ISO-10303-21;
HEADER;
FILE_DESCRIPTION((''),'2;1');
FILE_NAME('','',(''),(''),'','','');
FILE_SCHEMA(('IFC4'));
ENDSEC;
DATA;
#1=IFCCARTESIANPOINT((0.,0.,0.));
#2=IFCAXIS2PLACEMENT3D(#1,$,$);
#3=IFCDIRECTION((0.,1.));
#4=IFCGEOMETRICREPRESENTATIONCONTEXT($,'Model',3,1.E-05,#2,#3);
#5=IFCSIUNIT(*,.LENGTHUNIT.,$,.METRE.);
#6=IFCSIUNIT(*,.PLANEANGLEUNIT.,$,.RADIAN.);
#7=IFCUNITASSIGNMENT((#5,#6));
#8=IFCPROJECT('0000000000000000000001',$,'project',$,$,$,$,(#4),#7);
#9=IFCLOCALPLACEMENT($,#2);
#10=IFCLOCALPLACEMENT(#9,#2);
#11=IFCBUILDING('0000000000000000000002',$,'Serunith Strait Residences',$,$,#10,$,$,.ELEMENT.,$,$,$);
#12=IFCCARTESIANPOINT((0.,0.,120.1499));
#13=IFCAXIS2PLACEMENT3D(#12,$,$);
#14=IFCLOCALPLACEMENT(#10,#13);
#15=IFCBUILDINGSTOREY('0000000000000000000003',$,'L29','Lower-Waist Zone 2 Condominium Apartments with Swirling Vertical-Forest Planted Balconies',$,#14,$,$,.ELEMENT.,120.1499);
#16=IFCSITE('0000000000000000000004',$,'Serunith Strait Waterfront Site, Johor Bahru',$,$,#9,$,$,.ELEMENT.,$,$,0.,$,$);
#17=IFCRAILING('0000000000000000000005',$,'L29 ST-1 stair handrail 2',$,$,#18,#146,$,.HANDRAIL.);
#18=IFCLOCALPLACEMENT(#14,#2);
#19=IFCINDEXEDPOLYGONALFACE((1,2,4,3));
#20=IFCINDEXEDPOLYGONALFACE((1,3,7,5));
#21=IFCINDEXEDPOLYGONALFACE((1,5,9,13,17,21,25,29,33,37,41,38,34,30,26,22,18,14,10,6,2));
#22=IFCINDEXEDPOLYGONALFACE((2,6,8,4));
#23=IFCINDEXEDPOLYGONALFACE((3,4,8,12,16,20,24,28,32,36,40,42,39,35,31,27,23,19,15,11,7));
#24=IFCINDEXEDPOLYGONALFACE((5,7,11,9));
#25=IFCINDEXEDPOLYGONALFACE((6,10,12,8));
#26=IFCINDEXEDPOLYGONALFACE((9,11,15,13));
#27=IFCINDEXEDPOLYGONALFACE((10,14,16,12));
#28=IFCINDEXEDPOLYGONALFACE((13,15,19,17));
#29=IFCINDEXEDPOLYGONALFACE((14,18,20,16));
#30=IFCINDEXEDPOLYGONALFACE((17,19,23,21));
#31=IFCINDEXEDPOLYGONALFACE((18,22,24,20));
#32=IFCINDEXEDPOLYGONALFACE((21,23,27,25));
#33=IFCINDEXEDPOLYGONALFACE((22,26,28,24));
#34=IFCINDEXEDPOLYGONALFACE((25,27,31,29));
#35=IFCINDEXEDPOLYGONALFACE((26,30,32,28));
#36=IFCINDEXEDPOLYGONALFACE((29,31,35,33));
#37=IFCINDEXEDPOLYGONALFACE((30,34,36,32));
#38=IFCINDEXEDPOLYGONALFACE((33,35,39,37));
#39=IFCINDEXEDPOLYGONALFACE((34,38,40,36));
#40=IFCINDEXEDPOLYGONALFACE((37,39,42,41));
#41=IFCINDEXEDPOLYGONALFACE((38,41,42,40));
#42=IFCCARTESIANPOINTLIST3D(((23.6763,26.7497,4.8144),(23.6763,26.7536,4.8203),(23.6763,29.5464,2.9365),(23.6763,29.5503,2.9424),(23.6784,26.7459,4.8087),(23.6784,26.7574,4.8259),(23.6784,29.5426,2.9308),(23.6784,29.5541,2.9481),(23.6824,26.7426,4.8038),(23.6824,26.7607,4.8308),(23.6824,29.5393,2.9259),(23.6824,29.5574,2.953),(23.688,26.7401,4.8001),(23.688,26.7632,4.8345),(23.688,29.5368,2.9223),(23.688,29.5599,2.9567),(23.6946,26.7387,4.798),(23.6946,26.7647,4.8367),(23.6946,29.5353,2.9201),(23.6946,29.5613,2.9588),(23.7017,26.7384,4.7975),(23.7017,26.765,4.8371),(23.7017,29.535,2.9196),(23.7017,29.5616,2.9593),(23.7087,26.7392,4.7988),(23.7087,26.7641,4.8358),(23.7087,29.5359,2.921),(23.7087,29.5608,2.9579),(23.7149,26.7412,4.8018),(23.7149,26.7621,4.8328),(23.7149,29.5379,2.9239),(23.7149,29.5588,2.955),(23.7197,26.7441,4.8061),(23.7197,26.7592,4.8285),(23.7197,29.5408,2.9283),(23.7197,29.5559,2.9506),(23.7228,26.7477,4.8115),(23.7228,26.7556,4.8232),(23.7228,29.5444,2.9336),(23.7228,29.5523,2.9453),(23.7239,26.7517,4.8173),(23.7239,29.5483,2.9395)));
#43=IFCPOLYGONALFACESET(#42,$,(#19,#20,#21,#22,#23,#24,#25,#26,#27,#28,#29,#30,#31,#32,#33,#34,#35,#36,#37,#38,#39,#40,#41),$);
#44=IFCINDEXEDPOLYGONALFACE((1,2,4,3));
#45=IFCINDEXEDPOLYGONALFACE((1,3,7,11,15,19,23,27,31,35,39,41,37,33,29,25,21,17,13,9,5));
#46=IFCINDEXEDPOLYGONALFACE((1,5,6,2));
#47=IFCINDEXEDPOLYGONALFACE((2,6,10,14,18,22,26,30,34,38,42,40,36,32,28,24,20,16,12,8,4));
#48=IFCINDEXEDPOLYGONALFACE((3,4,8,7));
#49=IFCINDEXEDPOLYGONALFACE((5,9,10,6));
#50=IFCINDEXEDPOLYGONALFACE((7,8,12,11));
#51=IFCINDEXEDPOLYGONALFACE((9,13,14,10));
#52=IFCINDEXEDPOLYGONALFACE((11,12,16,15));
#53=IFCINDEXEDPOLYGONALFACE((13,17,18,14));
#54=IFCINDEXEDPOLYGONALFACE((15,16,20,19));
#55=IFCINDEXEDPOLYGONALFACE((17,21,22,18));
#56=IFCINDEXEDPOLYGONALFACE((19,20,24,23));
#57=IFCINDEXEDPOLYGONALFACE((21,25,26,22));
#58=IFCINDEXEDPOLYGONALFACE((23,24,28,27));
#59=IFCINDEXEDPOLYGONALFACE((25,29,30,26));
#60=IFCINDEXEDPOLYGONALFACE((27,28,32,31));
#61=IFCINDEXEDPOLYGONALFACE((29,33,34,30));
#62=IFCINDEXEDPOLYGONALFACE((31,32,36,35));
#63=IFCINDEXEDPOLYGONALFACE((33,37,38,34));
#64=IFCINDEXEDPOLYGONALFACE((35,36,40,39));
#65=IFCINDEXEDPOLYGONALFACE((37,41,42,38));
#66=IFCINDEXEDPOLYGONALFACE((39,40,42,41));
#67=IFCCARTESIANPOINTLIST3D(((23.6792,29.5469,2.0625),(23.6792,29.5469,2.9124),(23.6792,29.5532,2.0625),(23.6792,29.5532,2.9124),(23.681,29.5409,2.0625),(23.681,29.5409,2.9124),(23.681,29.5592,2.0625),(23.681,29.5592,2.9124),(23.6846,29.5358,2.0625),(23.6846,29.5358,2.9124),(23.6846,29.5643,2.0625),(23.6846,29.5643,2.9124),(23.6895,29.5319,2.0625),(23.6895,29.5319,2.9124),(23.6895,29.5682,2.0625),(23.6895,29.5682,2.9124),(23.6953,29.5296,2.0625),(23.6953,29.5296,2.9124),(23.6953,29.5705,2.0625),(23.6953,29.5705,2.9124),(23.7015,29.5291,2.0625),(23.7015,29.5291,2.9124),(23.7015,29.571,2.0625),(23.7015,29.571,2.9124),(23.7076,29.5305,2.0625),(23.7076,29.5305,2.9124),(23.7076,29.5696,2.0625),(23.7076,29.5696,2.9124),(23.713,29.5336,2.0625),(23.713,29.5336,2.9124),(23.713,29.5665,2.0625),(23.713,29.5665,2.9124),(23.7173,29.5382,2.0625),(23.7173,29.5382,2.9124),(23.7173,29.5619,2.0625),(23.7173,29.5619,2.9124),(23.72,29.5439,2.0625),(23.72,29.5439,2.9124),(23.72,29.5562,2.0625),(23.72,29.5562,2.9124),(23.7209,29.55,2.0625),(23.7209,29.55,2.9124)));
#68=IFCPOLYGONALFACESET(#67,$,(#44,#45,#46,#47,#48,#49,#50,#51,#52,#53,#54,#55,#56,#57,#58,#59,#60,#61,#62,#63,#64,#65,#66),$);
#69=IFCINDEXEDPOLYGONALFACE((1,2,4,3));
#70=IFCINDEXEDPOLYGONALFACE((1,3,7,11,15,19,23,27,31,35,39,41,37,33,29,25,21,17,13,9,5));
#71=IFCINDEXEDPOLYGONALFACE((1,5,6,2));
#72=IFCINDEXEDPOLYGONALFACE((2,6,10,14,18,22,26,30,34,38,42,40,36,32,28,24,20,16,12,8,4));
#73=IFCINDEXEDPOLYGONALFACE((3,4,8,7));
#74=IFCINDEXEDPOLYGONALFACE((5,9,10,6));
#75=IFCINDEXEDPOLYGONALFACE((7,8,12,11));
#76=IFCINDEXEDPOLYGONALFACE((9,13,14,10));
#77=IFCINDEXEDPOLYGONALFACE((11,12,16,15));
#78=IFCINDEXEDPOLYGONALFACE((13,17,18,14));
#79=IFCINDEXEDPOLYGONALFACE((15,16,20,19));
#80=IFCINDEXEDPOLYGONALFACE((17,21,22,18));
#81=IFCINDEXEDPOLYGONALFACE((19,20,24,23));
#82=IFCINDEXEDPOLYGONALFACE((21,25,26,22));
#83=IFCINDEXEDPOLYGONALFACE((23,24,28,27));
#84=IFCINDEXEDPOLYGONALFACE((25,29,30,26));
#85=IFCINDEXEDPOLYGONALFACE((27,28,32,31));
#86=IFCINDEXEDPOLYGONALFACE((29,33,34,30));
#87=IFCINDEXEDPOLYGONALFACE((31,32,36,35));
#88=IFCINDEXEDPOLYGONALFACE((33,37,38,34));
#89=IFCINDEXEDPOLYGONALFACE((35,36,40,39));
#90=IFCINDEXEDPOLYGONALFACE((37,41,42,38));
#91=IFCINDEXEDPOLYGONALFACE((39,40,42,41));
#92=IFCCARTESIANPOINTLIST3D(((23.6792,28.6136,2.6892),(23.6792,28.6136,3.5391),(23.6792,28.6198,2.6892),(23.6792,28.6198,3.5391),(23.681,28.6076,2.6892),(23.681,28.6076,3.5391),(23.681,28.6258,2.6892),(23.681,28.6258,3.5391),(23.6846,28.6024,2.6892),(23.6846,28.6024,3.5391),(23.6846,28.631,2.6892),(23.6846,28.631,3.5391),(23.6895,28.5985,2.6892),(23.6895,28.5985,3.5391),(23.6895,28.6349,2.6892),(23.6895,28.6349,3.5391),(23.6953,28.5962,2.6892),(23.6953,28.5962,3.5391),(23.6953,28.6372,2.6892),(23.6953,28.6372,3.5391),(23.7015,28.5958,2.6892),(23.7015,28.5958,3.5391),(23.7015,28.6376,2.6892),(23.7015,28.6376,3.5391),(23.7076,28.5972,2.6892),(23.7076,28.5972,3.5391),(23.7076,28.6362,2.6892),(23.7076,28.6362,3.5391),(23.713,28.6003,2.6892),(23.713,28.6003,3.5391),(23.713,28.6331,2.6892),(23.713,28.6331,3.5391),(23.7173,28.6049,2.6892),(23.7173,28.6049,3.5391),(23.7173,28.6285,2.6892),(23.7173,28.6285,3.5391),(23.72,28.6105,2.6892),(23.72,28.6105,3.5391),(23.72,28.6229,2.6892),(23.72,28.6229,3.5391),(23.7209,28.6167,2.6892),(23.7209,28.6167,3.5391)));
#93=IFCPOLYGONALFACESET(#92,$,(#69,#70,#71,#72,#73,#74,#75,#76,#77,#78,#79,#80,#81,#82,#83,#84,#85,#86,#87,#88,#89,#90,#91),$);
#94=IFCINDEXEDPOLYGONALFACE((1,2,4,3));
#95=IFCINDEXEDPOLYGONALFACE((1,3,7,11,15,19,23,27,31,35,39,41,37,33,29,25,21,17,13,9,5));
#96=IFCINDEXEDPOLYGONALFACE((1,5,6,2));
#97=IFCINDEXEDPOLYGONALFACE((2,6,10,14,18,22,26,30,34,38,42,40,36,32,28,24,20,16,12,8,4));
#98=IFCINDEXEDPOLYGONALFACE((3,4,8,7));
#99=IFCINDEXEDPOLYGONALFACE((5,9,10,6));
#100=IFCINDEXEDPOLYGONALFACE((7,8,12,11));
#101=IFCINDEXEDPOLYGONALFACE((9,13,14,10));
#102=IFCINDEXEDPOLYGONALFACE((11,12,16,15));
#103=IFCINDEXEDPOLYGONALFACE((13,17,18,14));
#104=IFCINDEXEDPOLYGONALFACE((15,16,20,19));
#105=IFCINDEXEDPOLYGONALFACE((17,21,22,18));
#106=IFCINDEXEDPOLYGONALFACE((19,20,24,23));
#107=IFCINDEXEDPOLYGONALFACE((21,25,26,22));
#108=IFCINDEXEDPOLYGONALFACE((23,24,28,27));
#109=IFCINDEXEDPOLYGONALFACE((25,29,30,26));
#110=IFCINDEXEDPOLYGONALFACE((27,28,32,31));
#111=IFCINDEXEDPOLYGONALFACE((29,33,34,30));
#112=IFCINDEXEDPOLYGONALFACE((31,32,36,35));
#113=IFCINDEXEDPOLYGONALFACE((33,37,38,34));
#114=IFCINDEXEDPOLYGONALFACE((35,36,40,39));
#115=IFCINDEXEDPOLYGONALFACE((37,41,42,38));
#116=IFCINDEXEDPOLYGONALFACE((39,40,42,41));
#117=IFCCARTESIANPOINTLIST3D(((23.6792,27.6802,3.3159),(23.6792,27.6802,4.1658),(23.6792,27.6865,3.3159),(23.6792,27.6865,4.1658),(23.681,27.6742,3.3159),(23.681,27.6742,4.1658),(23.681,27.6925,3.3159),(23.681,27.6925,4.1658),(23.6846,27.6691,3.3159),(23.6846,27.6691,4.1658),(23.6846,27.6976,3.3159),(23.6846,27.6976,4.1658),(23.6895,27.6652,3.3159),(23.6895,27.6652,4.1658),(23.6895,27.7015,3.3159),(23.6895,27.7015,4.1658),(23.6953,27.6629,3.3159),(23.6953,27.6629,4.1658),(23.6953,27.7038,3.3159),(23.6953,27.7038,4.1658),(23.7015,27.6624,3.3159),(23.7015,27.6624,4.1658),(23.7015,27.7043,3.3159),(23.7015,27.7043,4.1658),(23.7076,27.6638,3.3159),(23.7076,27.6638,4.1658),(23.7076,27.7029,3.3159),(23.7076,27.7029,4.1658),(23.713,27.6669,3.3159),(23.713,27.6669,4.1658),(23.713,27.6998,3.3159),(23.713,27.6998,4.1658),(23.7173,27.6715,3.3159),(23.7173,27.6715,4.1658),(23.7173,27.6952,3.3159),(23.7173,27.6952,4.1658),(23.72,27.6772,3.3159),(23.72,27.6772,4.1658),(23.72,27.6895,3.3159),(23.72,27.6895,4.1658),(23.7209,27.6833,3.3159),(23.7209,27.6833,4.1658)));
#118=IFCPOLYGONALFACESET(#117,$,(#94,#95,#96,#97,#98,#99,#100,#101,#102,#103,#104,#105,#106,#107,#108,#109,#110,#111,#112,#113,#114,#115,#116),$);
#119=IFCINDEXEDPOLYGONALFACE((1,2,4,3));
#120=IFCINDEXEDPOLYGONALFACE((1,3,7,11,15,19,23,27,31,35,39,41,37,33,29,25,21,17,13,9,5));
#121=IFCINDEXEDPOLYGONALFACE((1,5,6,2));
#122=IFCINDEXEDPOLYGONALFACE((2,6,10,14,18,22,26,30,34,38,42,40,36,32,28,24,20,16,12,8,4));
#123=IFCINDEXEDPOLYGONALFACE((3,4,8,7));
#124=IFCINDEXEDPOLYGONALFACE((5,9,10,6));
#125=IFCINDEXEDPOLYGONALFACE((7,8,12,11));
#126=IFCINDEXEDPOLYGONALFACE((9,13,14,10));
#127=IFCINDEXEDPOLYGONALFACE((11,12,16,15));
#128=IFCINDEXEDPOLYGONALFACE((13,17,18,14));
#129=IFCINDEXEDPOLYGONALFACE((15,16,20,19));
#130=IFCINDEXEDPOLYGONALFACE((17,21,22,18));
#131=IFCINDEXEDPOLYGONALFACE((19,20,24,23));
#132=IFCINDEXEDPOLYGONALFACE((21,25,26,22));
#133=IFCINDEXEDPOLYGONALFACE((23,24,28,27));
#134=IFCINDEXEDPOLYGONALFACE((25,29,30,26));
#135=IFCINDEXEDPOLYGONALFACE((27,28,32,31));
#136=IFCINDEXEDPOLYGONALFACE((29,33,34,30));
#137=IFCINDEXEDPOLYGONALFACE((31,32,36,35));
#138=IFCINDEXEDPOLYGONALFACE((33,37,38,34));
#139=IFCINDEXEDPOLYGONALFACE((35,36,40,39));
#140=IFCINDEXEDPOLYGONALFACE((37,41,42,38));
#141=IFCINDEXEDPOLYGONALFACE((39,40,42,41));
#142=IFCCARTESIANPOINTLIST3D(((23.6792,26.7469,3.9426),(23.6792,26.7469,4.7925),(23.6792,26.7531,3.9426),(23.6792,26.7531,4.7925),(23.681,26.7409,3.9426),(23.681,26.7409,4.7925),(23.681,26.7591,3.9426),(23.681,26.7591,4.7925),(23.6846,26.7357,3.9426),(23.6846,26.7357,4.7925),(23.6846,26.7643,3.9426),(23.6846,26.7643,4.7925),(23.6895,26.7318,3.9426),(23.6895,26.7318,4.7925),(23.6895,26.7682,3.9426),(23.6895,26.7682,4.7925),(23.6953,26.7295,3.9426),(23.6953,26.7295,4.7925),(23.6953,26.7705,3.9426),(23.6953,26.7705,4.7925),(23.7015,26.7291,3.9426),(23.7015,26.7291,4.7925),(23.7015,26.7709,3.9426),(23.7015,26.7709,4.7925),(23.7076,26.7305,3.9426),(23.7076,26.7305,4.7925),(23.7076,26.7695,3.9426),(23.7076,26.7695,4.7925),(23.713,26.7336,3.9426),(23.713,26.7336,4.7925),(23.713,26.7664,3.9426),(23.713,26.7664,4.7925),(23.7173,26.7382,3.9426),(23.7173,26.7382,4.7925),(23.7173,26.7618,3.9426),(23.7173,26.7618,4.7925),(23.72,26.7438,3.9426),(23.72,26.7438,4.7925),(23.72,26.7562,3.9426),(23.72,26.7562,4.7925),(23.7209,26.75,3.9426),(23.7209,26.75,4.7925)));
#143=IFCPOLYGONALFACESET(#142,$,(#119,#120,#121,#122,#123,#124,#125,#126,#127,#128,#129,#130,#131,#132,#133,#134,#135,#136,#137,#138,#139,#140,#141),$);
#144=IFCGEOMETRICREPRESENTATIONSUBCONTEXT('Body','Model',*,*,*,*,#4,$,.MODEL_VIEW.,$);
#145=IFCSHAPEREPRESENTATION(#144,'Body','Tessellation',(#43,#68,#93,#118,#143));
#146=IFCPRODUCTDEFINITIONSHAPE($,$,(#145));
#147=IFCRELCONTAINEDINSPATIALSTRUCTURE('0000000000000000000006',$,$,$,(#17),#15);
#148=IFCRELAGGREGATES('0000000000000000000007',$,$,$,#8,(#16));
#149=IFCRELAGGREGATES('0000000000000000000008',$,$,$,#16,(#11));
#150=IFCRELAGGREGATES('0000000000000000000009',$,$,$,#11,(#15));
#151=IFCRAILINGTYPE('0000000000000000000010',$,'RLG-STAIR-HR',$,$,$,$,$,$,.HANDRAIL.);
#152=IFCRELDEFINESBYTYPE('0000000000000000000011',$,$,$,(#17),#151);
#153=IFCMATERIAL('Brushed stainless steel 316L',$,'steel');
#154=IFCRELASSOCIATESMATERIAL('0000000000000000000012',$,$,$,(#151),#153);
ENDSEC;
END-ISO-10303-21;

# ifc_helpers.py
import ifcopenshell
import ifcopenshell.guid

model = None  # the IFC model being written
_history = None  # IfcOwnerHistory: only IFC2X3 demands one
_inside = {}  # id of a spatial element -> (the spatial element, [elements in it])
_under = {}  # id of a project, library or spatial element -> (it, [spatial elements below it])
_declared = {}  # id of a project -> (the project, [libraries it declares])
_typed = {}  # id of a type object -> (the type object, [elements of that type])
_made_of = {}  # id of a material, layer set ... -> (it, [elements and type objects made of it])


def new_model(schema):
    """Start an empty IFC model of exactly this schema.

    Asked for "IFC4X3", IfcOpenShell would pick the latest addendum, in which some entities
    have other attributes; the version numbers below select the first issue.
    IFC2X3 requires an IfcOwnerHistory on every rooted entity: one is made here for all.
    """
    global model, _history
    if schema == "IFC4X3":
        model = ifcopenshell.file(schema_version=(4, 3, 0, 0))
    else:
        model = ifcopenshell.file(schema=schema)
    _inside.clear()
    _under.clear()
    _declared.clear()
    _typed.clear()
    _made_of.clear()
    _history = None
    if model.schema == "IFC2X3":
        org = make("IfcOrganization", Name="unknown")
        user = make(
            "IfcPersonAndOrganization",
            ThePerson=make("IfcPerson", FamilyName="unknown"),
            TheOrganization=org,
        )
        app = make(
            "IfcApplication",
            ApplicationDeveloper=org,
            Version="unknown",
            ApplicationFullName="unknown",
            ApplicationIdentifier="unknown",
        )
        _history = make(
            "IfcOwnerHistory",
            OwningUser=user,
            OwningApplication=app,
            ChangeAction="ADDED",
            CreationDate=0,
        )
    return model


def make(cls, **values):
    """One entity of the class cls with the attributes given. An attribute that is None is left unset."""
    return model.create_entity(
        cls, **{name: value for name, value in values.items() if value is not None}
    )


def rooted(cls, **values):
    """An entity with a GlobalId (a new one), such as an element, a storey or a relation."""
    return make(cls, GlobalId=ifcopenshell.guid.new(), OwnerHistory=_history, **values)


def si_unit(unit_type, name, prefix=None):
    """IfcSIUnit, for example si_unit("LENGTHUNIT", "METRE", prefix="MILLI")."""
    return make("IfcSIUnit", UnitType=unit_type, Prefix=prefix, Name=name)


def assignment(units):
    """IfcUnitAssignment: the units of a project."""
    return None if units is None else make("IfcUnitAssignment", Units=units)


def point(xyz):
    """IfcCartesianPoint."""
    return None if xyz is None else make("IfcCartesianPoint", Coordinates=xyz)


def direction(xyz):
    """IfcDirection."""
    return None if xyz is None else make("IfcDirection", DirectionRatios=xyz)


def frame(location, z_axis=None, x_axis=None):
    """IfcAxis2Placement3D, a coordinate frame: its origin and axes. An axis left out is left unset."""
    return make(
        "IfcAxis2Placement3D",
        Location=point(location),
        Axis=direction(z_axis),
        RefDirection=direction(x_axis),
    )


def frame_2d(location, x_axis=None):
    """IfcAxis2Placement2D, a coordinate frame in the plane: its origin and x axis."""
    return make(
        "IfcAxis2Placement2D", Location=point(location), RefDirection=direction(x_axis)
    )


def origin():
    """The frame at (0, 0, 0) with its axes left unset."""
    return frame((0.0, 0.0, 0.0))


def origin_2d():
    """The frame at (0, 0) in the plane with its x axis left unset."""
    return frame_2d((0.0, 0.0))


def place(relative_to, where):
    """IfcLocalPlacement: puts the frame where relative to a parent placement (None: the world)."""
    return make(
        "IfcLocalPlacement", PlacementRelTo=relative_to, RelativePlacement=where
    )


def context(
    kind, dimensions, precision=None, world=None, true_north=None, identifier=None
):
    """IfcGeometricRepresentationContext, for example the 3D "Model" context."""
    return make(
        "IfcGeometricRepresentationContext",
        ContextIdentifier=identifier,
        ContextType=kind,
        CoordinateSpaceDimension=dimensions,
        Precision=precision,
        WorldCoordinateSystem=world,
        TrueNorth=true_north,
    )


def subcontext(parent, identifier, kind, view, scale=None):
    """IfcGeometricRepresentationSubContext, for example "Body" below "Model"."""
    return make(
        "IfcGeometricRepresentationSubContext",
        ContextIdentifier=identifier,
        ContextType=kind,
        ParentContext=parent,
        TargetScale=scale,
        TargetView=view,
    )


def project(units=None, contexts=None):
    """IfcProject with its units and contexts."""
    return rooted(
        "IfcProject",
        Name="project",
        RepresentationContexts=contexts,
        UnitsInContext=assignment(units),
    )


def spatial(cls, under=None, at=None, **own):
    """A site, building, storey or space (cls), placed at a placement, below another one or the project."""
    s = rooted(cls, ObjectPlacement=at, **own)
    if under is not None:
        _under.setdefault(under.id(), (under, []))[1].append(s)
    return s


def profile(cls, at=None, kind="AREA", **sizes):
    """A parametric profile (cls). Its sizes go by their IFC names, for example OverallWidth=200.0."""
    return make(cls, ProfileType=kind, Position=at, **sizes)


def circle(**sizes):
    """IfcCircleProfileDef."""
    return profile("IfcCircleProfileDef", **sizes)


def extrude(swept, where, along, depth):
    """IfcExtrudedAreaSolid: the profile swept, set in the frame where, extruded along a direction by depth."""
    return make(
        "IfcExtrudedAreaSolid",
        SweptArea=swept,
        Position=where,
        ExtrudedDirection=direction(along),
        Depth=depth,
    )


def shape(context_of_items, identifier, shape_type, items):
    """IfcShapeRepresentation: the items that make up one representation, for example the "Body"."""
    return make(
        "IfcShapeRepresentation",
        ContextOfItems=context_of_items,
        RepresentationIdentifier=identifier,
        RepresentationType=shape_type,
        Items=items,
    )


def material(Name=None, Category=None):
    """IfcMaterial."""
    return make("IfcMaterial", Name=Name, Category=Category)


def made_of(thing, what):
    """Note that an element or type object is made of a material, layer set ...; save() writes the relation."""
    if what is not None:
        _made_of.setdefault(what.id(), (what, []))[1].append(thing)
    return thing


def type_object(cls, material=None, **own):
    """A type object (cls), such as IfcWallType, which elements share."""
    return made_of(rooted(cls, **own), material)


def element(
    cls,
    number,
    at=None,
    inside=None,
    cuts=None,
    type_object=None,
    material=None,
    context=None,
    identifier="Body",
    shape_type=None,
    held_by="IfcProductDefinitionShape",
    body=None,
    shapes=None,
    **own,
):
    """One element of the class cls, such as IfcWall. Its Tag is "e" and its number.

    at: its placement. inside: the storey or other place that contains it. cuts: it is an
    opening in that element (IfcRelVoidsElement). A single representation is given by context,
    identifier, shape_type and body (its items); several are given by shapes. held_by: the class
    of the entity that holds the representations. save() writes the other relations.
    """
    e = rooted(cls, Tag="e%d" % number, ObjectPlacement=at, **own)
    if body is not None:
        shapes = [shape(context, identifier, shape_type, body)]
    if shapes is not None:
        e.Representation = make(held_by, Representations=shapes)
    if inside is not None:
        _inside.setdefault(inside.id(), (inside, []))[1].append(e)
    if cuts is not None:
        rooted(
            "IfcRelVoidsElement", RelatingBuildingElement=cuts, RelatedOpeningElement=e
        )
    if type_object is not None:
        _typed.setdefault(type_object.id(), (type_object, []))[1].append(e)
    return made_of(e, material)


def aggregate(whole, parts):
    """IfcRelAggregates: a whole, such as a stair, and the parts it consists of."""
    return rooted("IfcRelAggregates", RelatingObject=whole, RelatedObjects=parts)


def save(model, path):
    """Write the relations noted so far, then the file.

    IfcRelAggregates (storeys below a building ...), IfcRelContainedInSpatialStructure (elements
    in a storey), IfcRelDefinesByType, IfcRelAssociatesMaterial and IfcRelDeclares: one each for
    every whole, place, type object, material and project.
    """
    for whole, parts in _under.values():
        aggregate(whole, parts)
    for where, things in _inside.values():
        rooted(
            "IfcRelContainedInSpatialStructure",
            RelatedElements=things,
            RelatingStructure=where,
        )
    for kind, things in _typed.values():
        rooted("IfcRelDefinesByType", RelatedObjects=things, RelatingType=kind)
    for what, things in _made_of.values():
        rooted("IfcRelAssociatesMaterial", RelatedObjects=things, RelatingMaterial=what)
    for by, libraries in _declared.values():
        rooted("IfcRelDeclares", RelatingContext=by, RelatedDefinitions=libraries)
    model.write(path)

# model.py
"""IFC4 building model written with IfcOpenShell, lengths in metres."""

from ifc_helpers import new_model, si_unit, direction, frame, origin, origin_2d, place, context, subcontext, project, spatial, circle, extrude, material, type_object, element, save


model = new_model("IFC4")

# Units and contexts
model_context = context("Model", 3, precision=1e-05, world=origin(), true_north=direction((0.0, 1.0)))
body_context = subcontext(model_context, "Body", "Model", "MODEL_VIEW")
ifc_project = project(units=[si_unit("LENGTHUNIT", "METRE"), si_unit("PLANEANGLEUNIT", "RADIAN")], contexts=[model_context])

# Site, building, storey
site_placement = place(None, origin())
site = spatial("IfcSite", under=ifc_project, at=site_placement, Name="Serunith Strait Waterfront Site, Johor Bahru", CompositionType="ELEMENT", RefElevation=0.0)
building_placement = place(site_placement, origin())
building = spatial("IfcBuilding", under=site, at=building_placement, Name="Serunith Strait Residences", CompositionType="ELEMENT")
storey_placement = place(building_placement, frame((0.0, 0.0, 120.1499)))
storey = spatial("IfcBuildingStorey", under=building, at=storey_placement, Name="L29", Description="Lower-Waist Zone 2 Condominium Apartments with Swirling Vertical-Forest Planted Balconies", CompositionType="ELEMENT", Elevation=120.1499)

# Railing
ifc_material_1 = material(Name="Brushed stainless steel 316L", Category="steel")
railing_type_1 = type_object("IfcRailingType", Name="RLG-STAIR-HR", PredefinedType="HANDRAIL", material=ifc_material_1)
railing_1_placement = place(storey_placement, frame((23.7, 29.55, 2.0625)))
element("IfcRailing", 1, at=railing_1_placement, inside=storey, type_object=railing_type_1, Name="L29 ST-1 stair handrail 2", PredefinedType="HANDRAIL", context=body_context, shape_type="SweptSolid", body=[
    extrude(circle(Radius=0.0239, at=origin_2d()), frame((0.0, -0.0017, 0.877), z_axis=(0.0, -0.830208, 0.557453), x_axis=(1.0, 0.0, 0.0)), (0.0, 0.0, 1.0), 3.3687),
    extrude(circle(Radius=0.021, at=origin_2d()), origin(), (0.0, 0.0, 1.0), 0.8499),
    extrude(circle(Radius=0.021, at=origin_2d()), frame((0.0, -0.9333, 0.6267)), (0.0, 0.0, 1.0), 0.8499),
    extrude(circle(Radius=0.021, at=origin_2d()), frame((0.0, -1.8667, 1.2534)), (0.0, 0.0, 1.0), 0.8499),
    extrude(circle(Radius=0.021, at=origin_2d()), frame((0.0, -2.8, 1.8801)), (0.0, 0.0, 1.0), 0.8499),
])

save(model, "model.ifc")
